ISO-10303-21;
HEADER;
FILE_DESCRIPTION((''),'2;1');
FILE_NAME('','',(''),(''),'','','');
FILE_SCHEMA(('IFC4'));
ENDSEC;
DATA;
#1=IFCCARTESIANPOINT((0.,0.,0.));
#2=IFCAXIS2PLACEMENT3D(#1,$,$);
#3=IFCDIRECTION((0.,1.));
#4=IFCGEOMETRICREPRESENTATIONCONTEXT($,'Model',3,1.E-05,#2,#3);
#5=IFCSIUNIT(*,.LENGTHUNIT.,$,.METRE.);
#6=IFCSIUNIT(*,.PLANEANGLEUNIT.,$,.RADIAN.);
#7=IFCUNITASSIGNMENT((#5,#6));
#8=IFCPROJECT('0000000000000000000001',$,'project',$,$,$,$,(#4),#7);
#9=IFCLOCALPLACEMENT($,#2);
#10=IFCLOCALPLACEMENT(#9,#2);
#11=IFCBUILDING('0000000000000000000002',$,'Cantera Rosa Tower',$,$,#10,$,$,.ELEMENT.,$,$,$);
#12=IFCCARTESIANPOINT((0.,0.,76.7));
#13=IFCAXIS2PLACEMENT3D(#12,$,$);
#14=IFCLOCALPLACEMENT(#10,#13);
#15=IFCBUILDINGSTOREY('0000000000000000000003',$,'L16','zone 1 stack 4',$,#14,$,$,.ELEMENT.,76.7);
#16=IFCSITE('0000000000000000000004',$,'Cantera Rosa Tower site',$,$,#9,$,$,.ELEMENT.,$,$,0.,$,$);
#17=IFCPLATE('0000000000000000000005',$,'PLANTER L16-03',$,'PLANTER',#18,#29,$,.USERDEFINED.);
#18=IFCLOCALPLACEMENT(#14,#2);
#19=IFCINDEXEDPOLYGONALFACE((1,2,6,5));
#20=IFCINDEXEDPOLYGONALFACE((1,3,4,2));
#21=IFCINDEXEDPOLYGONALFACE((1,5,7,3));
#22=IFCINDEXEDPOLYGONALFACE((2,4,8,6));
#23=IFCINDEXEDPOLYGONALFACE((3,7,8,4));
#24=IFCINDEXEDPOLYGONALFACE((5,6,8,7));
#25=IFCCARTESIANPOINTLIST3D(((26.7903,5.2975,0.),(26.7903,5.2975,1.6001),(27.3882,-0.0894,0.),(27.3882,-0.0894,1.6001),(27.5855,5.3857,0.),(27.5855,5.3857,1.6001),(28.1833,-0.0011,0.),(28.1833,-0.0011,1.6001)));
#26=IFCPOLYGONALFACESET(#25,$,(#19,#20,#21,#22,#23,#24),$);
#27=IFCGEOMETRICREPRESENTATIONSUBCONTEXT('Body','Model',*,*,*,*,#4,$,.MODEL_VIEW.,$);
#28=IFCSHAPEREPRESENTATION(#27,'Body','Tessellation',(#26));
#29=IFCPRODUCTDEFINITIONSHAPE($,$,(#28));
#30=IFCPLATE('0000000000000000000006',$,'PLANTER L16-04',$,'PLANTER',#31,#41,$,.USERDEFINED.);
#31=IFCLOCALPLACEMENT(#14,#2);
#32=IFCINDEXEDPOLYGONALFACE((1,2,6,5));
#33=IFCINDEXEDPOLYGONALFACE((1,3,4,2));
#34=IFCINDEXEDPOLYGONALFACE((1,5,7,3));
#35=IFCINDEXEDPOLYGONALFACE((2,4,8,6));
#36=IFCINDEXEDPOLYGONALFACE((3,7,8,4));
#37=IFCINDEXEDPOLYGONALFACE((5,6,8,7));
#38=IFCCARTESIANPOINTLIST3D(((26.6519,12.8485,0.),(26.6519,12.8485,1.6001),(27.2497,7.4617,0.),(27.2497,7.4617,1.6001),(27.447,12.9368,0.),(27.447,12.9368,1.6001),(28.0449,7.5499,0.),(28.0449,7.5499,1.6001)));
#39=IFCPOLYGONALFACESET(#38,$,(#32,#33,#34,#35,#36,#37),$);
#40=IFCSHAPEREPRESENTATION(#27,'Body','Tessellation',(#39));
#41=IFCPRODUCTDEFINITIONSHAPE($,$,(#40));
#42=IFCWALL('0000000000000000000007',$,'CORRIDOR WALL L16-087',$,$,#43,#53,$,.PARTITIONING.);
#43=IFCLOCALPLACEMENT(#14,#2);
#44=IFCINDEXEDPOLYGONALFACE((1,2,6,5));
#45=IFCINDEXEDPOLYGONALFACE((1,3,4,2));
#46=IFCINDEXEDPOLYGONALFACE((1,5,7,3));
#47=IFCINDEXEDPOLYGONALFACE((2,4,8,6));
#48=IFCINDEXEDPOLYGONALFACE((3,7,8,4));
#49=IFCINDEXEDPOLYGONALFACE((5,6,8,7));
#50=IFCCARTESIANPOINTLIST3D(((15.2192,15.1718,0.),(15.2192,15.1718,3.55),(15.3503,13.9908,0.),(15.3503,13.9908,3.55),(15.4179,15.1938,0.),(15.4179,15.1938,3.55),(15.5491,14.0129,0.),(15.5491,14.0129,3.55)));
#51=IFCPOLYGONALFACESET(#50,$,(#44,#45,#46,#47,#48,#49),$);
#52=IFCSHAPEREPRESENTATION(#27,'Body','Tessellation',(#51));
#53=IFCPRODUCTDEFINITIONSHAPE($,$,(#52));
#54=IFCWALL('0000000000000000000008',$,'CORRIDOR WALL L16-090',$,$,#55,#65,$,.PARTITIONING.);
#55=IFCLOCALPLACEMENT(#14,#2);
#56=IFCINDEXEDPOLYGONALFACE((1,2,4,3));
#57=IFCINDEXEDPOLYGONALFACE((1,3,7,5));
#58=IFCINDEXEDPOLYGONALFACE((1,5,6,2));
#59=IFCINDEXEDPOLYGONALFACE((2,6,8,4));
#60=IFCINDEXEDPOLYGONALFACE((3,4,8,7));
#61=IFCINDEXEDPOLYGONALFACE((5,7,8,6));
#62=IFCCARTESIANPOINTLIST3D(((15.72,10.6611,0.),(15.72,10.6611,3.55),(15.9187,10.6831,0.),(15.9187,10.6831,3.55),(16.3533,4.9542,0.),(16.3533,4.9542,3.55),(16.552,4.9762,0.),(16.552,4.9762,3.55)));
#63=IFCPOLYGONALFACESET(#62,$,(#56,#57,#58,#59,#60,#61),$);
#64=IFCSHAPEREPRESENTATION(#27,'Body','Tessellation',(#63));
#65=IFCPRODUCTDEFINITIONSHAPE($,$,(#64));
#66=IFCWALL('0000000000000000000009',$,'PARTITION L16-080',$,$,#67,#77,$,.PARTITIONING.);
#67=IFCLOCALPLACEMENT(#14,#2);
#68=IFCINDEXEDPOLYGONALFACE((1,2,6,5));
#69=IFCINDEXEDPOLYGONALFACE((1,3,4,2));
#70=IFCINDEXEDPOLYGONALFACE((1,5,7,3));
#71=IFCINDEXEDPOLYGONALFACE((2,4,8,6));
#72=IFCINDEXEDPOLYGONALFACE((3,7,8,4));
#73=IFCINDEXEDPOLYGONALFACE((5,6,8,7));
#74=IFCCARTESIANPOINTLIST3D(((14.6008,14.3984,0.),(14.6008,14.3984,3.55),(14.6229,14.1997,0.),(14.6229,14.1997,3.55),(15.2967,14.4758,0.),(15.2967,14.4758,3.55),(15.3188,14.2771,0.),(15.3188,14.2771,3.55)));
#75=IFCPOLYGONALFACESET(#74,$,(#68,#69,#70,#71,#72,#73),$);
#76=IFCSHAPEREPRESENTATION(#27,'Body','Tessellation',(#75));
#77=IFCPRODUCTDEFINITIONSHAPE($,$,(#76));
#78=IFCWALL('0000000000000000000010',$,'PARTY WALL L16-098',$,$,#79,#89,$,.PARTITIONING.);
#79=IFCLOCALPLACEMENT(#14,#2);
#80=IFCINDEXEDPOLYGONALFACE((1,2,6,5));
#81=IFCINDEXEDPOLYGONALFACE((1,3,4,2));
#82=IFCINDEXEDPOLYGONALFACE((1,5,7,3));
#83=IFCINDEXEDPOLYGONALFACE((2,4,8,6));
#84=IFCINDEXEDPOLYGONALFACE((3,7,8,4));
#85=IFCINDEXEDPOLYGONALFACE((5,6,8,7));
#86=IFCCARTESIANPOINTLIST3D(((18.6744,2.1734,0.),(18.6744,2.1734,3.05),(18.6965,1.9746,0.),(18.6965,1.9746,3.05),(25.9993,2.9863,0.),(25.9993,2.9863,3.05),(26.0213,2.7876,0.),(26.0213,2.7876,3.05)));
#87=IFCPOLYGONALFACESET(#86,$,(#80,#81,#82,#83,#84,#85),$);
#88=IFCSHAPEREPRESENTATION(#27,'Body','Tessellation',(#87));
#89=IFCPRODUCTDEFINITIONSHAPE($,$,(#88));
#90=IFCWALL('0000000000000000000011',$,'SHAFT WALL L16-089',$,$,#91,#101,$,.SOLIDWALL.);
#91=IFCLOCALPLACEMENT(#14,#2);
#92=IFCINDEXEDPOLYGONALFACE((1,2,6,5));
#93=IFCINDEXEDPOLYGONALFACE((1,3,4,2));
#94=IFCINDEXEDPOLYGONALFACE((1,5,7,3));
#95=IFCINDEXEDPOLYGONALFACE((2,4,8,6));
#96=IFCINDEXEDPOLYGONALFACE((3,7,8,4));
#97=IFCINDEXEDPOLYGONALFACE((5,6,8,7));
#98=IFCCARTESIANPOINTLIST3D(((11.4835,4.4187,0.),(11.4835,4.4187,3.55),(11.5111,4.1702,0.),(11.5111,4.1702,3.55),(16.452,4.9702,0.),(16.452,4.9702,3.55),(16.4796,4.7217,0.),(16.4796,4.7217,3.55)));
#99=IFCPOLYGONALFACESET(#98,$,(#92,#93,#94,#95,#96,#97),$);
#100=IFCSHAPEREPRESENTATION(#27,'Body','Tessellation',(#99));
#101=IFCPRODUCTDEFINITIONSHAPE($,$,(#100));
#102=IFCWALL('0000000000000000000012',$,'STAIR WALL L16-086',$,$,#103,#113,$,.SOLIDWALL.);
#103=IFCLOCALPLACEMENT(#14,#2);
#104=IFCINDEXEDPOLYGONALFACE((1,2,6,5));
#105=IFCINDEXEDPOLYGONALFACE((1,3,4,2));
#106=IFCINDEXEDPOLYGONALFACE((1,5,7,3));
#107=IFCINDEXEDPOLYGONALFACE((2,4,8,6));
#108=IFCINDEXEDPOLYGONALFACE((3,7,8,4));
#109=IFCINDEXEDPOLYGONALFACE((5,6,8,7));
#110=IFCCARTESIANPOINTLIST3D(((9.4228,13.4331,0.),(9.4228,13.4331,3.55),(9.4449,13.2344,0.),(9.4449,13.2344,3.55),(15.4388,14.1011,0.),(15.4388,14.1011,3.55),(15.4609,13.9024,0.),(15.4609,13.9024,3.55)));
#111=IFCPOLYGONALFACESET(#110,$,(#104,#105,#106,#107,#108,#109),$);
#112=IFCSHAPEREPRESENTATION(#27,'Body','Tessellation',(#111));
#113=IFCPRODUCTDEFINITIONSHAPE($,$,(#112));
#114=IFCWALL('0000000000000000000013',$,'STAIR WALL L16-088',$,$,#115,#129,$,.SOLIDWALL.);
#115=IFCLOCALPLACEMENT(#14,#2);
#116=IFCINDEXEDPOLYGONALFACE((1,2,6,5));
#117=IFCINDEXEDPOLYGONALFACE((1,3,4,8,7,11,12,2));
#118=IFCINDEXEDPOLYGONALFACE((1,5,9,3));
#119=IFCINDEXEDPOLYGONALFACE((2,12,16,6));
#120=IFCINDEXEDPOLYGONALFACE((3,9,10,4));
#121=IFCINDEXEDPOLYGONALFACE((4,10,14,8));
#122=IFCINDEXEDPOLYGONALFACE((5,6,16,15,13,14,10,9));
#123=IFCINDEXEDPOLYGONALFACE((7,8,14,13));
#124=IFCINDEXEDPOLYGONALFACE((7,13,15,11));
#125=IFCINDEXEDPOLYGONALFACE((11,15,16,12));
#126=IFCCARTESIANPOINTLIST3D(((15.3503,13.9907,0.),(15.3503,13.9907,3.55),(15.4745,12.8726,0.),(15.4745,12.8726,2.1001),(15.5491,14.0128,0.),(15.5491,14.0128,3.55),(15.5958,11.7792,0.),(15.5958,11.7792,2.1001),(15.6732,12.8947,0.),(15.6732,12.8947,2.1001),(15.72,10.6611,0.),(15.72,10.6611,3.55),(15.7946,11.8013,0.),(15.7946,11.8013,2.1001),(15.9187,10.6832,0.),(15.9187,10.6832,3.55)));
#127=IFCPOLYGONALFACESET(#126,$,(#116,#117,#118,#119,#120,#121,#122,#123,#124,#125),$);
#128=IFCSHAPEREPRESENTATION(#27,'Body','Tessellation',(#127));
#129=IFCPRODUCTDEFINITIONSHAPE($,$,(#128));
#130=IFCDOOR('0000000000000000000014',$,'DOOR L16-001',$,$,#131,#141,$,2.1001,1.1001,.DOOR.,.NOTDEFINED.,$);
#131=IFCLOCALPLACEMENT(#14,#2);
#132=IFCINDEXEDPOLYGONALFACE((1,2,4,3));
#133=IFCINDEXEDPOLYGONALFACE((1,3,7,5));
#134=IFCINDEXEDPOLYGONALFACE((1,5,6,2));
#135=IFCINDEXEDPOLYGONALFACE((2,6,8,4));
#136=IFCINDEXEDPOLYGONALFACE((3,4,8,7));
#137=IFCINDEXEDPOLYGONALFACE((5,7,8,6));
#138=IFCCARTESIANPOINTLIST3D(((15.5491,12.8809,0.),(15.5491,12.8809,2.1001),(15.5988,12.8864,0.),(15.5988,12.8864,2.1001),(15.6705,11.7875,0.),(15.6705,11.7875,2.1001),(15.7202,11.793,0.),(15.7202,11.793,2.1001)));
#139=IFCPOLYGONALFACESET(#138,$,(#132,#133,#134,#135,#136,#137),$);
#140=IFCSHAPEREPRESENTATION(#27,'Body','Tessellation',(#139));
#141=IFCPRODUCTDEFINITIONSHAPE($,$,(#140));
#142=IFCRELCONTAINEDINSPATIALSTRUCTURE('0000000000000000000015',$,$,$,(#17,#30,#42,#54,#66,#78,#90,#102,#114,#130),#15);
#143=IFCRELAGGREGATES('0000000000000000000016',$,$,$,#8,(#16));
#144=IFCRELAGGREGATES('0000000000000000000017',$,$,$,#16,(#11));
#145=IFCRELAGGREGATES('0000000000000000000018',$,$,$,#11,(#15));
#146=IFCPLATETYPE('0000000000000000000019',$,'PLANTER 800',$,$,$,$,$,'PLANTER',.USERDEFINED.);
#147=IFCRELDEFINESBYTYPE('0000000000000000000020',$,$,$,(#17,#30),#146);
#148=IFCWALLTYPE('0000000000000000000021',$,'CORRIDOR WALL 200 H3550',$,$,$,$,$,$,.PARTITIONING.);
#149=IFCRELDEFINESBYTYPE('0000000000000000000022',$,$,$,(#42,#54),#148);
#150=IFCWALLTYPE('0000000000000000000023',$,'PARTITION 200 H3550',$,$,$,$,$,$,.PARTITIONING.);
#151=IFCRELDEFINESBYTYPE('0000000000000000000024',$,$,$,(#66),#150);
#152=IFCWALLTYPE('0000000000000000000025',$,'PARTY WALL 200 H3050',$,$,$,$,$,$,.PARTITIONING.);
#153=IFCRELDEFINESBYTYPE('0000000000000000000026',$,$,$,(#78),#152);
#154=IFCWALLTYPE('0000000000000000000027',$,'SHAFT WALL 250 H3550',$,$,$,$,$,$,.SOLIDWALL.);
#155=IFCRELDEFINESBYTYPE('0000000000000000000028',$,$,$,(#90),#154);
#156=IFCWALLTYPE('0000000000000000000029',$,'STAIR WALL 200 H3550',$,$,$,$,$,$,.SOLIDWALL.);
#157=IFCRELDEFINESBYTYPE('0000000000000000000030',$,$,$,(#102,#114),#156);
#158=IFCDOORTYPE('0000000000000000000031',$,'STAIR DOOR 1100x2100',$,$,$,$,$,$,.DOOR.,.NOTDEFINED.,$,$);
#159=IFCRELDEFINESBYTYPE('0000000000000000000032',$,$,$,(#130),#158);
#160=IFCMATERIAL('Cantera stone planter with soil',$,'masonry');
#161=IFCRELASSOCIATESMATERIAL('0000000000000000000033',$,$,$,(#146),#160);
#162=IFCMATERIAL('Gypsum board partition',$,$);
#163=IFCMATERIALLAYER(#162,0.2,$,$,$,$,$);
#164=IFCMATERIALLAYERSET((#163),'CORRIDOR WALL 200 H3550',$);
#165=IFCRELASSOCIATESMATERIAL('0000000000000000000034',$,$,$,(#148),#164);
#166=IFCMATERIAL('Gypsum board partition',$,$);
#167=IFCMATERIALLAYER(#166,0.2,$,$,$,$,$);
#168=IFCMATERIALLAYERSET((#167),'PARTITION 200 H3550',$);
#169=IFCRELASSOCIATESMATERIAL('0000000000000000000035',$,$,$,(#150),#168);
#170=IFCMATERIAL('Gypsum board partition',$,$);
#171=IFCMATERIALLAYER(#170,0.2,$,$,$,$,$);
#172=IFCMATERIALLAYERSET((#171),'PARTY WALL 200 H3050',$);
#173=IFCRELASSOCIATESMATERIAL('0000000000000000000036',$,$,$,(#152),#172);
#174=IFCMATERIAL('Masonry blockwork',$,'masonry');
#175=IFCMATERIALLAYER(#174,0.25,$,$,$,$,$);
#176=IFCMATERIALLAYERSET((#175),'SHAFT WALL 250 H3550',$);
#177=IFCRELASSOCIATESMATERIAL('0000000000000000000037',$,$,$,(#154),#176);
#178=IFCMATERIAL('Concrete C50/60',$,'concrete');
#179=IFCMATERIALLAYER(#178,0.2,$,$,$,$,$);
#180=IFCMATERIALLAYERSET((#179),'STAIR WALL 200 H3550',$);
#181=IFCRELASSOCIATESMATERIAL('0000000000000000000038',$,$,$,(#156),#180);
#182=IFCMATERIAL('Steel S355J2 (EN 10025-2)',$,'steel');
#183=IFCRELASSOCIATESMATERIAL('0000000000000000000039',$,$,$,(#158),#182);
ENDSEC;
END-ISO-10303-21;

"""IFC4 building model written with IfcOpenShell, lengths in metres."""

from ifc_helpers import new_model, si_unit, direction, frame, frame_2d, origin, origin_2d, place, context, subcontext, project, spatial, rectangle, extrude, material, layer, layer_set, type_object, element, fill, save


model = new_model("IFC4")

# Units and contexts
model_context = context("Model", 3, precision=1e-05, world=origin(), true_north=direction((0.0, 1.0)))
body_context = subcontext(model_context, "Body", "Model", "MODEL_VIEW")
ifc_project = project(units=[si_unit("LENGTHUNIT", "METRE"), si_unit("PLANEANGLEUNIT", "RADIAN")], contexts=[model_context])

# Site, building, storey
site_placement = place(None, origin())
site = spatial("IfcSite", under=ifc_project, at=site_placement, Name="Cantera Rosa Tower site", CompositionType="ELEMENT", RefElevation=0.0)
building_placement = place(site_placement, origin())
building = spatial("IfcBuilding", under=site, at=building_placement, Name="Cantera Rosa Tower", CompositionType="ELEMENT")
storey_placement = place(building_placement, frame((0.0, 0.0, 76.7)))
storey = spatial("IfcBuildingStorey", under=building, at=storey_placement, Name="L16", Description="zone 1 stack 4", CompositionType="ELEMENT", Elevation=76.7)

# Plates
ifc_material_1 = material(Name="Cantera stone planter with soil", Category="masonry")
plate_type = type_object("IfcPlateType", Name="PLANTER 800", ElementType="PLANTER", PredefinedType="USERDEFINED", material=ifc_material_1)
for number, where, z_axis, x_axis, name in (
    (1, (27.4868, 2.6482, 0.0), (0.0, 0.0, 1.0), (-0.110313, 0.993897, 0.0), "PLANTER L16-03"),
    (2, (27.3484, 10.1992, 0.0), (0.0, 0.0, 1.0), (-0.110313, 0.993897, 0.0), "PLANTER L16-04"),
):
    element("IfcPlate", number, at=place(storey_placement, frame(where, z_axis=z_axis, x_axis=x_axis)), inside=storey, type_object=plate_type, Name=name, ObjectType="PLANTER", PredefinedType="USERDEFINED", context=body_context, shape_type="SweptSolid", body=[
        extrude(rectangle(XDim=5.4199, YDim=0.8, at=origin_2d()), origin(), (0.0, 0.0, 1.0), 1.6001),
    ])

# Walls
ifc_material_2 = material(Name="Gypsum board partition")
ifc_layer_1 = layer(ifc_material_2, 0.2)
ifc_layer_set_1 = layer_set([ifc_layer_1], Name="CORRIDOR WALL 200 H3550")
wall_type_1 = type_object("IfcWallType", Name="CORRIDOR WALL 200 H3550", PredefinedType="PARTITIONING", material=ifc_layer_set_1)
wall_1_placement = place(storey_placement, frame((15.4497, 14.0017, 0.0), z_axis=(0.0, 0.0, 1.0), x_axis=(-0.110341, 0.993894, 0.0)))
element("IfcWall", 3, at=wall_1_placement, inside=storey, type_object=wall_type_1, Name="CORRIDOR WALL L16-087", PredefinedType="PARTITIONING", context=body_context, shape_type="SweptSolid", body=[
    extrude(rectangle(XDim=1.1882, YDim=0.2, at=frame_2d((0.5942, 0.0))), origin(), (0.0, 0.0, 1.0), 3.55),
])
wall_2_placement = place(storey_placement, frame((16.4526, 4.9651, 0.0), z_axis=(0.0, 0.0, 1.0), x_axis=(-0.110292, 0.993899, 0.0)))
element("IfcWall", 4, at=wall_2_placement, inside=storey, type_object=wall_type_1, Name="CORRIDOR WALL L16-090", PredefinedType="PARTITIONING", context=body_context, shape_type="SweptSolid", body=[
    extrude(rectangle(XDim=5.7419, YDim=0.2, at=frame_2d((2.8711, 0.0))), origin(), (0.0, 0.0, 1.0), 3.55),
])

# Walls
ifc_material_3 = material(Name="Gypsum board partition")
ifc_layer_2 = layer(ifc_material_3, 0.2)
ifc_layer_set_2 = layer_set([ifc_layer_2], Name="PARTITION 200 H3550")
wall_type_2 = type_object("IfcWallType", Name="PARTITION 200 H3550", PredefinedType="PARTITIONING", material=ifc_layer_set_2)
wall_3_placement = place(storey_placement, frame((14.6118, 14.2991, 0.0), z_axis=(0.0, 0.0, 1.0), x_axis=(0.993871, 0.110546, 0.0)))
element("IfcWall", 5, at=wall_3_placement, inside=storey, type_object=wall_type_2, Name="PARTITION L16-080", PredefinedType="PARTITIONING", context=body_context, shape_type="SweptSolid", body=[
    extrude(rectangle(XDim=0.7002, YDim=0.2, at=frame_2d((0.3501, 0.0))), origin(), (0.0, 0.0, 1.0), 3.55),
])
ifc_material_4 = material(Name="Gypsum board partition")
ifc_layer_3 = layer(ifc_material_4, 0.2)
ifc_layer_set_3 = layer_set([ifc_layer_3], Name="PARTY WALL 200 H3050")
wall_type_3 = type_object("IfcWallType", Name="PARTY WALL 200 H3050", PredefinedType="PARTITIONING", material=ifc_layer_set_3)
wall_4_placement = place(storey_placement, frame((18.6853, 2.074, 0.0), z_axis=(0.0, 0.0, 1.0), x_axis=(0.993897, 0.110312, 0.0)))
element("IfcWall", 6, at=wall_4_placement, inside=storey, type_object=wall_type_3, Name="PARTY WALL L16-098", PredefinedType="PARTITIONING", context=body_context, shape_type="SweptSolid", body=[
    extrude(rectangle(XDim=7.3699, YDim=0.2, at=frame_2d((3.6851, 0.0))), origin(), (0.0, 0.0, 1.0), 3.05),
])
ifc_material_5 = material(Name="Masonry blockwork", Category="masonry")
ifc_layer_4 = layer(ifc_material_5, 0.25)
ifc_layer_set_4 = layer_set([ifc_layer_4], Name="SHAFT WALL 250 H3550")
wall_type_4 = type_object("IfcWallType", Name="SHAFT WALL 250 H3550", PredefinedType="SOLIDWALL", material=ifc_layer_set_4)
wall_5_placement = place(storey_placement, frame((16.4658, 4.8459, 0.0), z_axis=(0.0, 0.0, 1.0), x_axis=(-0.993896, -0.110324, 0.0)))
element("IfcWall", 7, at=wall_5_placement, inside=storey, type_object=wall_type_4, Name="SHAFT WALL L16-089", PredefinedType="SOLIDWALL", context=body_context, shape_type="SweptSolid", body=[
    extrude(rectangle(XDim=4.999, YDim=0.25, at=frame_2d((2.4995, 0.0))), origin(), (0.0, 0.0, 1.0), 3.55),
])
ifc_material_6 = material(Name="Concrete C50/60", Category="concrete")
ifc_layer_5 = layer(ifc_material_6, 0.2)
ifc_layer_set_5 = layer_set([ifc_layer_5], Name="STAIR WALL 200 H3550")
wall_type_5 = type_object("IfcWallType", Name="STAIR WALL 200 H3550", PredefinedType="SOLIDWALL", material=ifc_layer_set_5)
wall_6_placement = place(storey_placement, frame((15.4497, 14.0017, 0.0), z_axis=(0.0, 0.0, 1.0), x_axis=(-0.993893, -0.110352, 0.0)))
element("IfcWall", 8, at=wall_6_placement, inside=storey, type_object=wall_type_5, Name="STAIR WALL L16-086", PredefinedType="SOLIDWALL", context=body_context, shape_type="SweptSolid", body=[
    extrude(rectangle(XDim=6.053, YDim=0.2, at=frame_2d((3.0264, 0.0))), origin(), (0.0, 0.0, 1.0), 3.55),
])

# Wall, opening, door
wall_7_placement = place(storey_placement, frame((15.8193, 10.6721, 0.0), z_axis=(0.0, 0.0, 1.0), x_axis=(-0.110336, 0.993894, 0.0)))
wall_7 = element("IfcWall", 9, at=wall_7_placement, inside=storey, type_object=wall_type_5, Name="STAIR WALL L16-088", PredefinedType="SOLIDWALL", context=body_context, shape_type="SweptSolid", body=[
    extrude(rectangle(XDim=3.3501, YDim=0.2, at=frame_2d((1.675, 0.0))), origin(), (0.0, 0.0, 1.0), 3.55),
])
opening_1_placement = place(wall_7_placement, frame((1.125, 0.0, 0.0)))
opening_1 = element("IfcOpeningElement", 10, at=opening_1_placement, cuts=wall_7, PredefinedType="OPENING", context=body_context, shape_type="SweptSolid", body=[
    extrude(rectangle(XDim=1.1001, YDim=2.1001, at=frame_2d((0.55, 1.05))), frame((0.0, 0.1099, 0.0), z_axis=(0.0, -1.0, 0.0), x_axis=(1.0, 0.0, 0.0)), (0.0, 0.0, 1.0), 0.22),
])
ifc_material_7 = material(Name="Steel S355J2 (EN 10025-2)", Category="steel")
door_type_1 = type_object("IfcDoorType", Name="STAIR DOOR 1100x2100", OperationType="NOTDEFINED", PredefinedType="DOOR", material=ifc_material_7)
door_1_placement = place(opening_1_placement, origin())
door_1 = element("IfcDoor", 11, at=door_1_placement, inside=storey, type_object=door_type_1, Name="DOOR L16-001", OperationType="NOTDEFINED", OverallHeight=2.1001, OverallWidth=1.1001, PredefinedType="DOOR", context=body_context, shape_type="SweptSolid", body=[
    extrude(rectangle(XDim=1.1001, YDim=2.1001, at=frame_2d((0.55, 1.05))), frame((0.0, 0.0249, 0.0), z_axis=(0.0, -1.0, 0.0), x_axis=(1.0, 0.0, 0.0)), (0.0, 0.0, 1.0), 0.05),
])
fill(opening_1, door_1)

save(model, "model.ifc")
